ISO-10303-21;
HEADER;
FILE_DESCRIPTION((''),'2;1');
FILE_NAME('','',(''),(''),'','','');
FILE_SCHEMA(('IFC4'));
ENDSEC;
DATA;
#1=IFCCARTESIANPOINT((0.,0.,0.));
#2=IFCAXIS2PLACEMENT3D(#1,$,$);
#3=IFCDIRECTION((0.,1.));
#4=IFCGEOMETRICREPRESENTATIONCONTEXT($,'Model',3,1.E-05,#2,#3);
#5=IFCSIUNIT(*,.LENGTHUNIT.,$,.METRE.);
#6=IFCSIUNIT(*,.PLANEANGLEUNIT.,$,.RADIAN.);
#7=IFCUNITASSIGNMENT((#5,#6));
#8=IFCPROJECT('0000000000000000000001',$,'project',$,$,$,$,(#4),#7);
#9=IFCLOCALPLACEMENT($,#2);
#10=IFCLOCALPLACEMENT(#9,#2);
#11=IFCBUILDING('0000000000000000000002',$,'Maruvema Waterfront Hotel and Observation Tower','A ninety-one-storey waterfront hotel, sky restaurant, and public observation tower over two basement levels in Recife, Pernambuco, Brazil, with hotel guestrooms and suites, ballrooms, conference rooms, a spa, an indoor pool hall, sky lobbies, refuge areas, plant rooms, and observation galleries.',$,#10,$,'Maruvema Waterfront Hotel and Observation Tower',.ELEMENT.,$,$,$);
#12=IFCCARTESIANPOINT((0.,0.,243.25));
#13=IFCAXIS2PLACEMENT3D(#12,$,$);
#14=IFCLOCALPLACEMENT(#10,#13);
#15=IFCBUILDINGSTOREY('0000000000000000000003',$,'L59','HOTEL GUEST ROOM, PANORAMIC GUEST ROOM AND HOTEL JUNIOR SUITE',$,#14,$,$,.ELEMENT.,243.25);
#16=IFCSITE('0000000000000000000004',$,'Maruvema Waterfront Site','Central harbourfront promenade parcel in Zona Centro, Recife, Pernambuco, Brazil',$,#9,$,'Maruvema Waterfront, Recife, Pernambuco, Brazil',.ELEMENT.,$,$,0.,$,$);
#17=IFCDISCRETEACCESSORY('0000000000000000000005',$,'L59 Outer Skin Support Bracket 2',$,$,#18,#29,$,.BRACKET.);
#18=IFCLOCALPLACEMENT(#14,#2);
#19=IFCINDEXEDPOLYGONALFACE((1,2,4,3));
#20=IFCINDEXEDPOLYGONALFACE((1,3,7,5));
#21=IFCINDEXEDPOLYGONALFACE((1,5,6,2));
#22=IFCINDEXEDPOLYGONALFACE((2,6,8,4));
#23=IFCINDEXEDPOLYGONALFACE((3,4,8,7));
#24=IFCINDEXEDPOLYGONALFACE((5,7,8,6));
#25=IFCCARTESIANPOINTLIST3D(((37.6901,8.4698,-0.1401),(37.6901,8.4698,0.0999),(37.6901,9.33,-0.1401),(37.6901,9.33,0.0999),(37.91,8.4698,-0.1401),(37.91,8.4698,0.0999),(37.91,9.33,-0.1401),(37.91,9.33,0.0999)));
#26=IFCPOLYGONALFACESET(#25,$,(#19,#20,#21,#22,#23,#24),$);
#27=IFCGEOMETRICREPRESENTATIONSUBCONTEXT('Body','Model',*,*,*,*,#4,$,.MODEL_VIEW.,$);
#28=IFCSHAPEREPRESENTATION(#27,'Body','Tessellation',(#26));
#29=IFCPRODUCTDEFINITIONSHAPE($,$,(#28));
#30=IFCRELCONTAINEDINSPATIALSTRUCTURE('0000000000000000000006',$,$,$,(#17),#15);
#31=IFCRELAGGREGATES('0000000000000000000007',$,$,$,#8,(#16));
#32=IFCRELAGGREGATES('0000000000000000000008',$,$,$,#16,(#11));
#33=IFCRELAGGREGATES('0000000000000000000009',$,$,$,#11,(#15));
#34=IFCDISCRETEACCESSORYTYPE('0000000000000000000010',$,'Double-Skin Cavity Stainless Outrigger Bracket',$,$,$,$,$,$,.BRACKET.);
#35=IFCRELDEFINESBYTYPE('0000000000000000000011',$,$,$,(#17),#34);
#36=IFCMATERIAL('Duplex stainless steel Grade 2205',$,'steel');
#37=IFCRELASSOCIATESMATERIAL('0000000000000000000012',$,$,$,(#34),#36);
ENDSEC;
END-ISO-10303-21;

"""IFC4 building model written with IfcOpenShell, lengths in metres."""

from ifc_helpers import new_model, si_unit, direction, frame, origin, origin_2d, place, context, subcontext, project, spatial, rectangle, extrude, material, type_object, element, save


model = new_model("IFC4")

# Units and contexts
model_context = context("Model", 3, precision=1e-05, world=origin(), true_north=direction((0.0, 1.0)))
body_context = subcontext(model_context, "Body", "Model", "MODEL_VIEW")
ifc_project = project(units=[si_unit("LENGTHUNIT", "METRE"), si_unit("PLANEANGLEUNIT", "RADIAN")], contexts=[model_context])

# Site, building, storey
site_placement = place(None, origin())
site = spatial("IfcSite", under=ifc_project, at=site_placement, Name="Maruvema Waterfront Site", Description="Central harbourfront promenade parcel in Zona Centro, Recife, Pernambuco, Brazil", LongName="Maruvema Waterfront, Recife, Pernambuco, Brazil", CompositionType="ELEMENT", RefElevation=0.0)
building_placement = place(site_placement, origin())
building = spatial("IfcBuilding", under=site, at=building_placement, Name="Maruvema Waterfront Hotel and Observation Tower", Description="A ninety-one-storey waterfront hotel, sky restaurant, and public observation tower over two basement levels in Recife, Pernambuco, Brazil, with hotel guestrooms and suites, ballrooms, conference rooms, a spa, an indoor pool hall, sky lobbies, refuge areas, plant rooms, and observation galleries.", LongName="Maruvema Waterfront Hotel and Observation Tower", CompositionType="ELEMENT")
storey_placement = place(building_placement, frame((0.0, 0.0, 243.25)))
storey = spatial("IfcBuildingStorey", under=building, at=storey_placement, Name="L59", Description="HOTEL GUEST ROOM, PANORAMIC GUEST ROOM AND HOTEL JUNIOR SUITE", CompositionType="ELEMENT", Elevation=243.25)

# Discrete accessory
ifc_material_1 = material(Name="Duplex stainless steel Grade 2205", Category="steel")
discrete_accessory_type = type_object("IfcDiscreteAccessoryType", Name="Double-Skin Cavity Stainless Outrigger Bracket", PredefinedType="BRACKET", material=ifc_material_1)
discrete_accessory_placement = place(storey_placement, frame((37.8, 8.8999, -0.1401), z_axis=(0.0, 0.0, 1.0), x_axis=(1.0, 0.0, 0.0)))
element("IfcDiscreteAccessory", 1, at=discrete_accessory_placement, inside=storey, type_object=discrete_accessory_type, Name="L59 Outer Skin Support Bracket 2", PredefinedType="BRACKET", context=body_context, shape_type="SweptSolid", body=[
    extrude(rectangle(XDim=0.22, YDim=0.8601, at=origin_2d()), origin(), (0.0, 0.0, 1.0), 0.24),
])

save(model, "model.ifc")
